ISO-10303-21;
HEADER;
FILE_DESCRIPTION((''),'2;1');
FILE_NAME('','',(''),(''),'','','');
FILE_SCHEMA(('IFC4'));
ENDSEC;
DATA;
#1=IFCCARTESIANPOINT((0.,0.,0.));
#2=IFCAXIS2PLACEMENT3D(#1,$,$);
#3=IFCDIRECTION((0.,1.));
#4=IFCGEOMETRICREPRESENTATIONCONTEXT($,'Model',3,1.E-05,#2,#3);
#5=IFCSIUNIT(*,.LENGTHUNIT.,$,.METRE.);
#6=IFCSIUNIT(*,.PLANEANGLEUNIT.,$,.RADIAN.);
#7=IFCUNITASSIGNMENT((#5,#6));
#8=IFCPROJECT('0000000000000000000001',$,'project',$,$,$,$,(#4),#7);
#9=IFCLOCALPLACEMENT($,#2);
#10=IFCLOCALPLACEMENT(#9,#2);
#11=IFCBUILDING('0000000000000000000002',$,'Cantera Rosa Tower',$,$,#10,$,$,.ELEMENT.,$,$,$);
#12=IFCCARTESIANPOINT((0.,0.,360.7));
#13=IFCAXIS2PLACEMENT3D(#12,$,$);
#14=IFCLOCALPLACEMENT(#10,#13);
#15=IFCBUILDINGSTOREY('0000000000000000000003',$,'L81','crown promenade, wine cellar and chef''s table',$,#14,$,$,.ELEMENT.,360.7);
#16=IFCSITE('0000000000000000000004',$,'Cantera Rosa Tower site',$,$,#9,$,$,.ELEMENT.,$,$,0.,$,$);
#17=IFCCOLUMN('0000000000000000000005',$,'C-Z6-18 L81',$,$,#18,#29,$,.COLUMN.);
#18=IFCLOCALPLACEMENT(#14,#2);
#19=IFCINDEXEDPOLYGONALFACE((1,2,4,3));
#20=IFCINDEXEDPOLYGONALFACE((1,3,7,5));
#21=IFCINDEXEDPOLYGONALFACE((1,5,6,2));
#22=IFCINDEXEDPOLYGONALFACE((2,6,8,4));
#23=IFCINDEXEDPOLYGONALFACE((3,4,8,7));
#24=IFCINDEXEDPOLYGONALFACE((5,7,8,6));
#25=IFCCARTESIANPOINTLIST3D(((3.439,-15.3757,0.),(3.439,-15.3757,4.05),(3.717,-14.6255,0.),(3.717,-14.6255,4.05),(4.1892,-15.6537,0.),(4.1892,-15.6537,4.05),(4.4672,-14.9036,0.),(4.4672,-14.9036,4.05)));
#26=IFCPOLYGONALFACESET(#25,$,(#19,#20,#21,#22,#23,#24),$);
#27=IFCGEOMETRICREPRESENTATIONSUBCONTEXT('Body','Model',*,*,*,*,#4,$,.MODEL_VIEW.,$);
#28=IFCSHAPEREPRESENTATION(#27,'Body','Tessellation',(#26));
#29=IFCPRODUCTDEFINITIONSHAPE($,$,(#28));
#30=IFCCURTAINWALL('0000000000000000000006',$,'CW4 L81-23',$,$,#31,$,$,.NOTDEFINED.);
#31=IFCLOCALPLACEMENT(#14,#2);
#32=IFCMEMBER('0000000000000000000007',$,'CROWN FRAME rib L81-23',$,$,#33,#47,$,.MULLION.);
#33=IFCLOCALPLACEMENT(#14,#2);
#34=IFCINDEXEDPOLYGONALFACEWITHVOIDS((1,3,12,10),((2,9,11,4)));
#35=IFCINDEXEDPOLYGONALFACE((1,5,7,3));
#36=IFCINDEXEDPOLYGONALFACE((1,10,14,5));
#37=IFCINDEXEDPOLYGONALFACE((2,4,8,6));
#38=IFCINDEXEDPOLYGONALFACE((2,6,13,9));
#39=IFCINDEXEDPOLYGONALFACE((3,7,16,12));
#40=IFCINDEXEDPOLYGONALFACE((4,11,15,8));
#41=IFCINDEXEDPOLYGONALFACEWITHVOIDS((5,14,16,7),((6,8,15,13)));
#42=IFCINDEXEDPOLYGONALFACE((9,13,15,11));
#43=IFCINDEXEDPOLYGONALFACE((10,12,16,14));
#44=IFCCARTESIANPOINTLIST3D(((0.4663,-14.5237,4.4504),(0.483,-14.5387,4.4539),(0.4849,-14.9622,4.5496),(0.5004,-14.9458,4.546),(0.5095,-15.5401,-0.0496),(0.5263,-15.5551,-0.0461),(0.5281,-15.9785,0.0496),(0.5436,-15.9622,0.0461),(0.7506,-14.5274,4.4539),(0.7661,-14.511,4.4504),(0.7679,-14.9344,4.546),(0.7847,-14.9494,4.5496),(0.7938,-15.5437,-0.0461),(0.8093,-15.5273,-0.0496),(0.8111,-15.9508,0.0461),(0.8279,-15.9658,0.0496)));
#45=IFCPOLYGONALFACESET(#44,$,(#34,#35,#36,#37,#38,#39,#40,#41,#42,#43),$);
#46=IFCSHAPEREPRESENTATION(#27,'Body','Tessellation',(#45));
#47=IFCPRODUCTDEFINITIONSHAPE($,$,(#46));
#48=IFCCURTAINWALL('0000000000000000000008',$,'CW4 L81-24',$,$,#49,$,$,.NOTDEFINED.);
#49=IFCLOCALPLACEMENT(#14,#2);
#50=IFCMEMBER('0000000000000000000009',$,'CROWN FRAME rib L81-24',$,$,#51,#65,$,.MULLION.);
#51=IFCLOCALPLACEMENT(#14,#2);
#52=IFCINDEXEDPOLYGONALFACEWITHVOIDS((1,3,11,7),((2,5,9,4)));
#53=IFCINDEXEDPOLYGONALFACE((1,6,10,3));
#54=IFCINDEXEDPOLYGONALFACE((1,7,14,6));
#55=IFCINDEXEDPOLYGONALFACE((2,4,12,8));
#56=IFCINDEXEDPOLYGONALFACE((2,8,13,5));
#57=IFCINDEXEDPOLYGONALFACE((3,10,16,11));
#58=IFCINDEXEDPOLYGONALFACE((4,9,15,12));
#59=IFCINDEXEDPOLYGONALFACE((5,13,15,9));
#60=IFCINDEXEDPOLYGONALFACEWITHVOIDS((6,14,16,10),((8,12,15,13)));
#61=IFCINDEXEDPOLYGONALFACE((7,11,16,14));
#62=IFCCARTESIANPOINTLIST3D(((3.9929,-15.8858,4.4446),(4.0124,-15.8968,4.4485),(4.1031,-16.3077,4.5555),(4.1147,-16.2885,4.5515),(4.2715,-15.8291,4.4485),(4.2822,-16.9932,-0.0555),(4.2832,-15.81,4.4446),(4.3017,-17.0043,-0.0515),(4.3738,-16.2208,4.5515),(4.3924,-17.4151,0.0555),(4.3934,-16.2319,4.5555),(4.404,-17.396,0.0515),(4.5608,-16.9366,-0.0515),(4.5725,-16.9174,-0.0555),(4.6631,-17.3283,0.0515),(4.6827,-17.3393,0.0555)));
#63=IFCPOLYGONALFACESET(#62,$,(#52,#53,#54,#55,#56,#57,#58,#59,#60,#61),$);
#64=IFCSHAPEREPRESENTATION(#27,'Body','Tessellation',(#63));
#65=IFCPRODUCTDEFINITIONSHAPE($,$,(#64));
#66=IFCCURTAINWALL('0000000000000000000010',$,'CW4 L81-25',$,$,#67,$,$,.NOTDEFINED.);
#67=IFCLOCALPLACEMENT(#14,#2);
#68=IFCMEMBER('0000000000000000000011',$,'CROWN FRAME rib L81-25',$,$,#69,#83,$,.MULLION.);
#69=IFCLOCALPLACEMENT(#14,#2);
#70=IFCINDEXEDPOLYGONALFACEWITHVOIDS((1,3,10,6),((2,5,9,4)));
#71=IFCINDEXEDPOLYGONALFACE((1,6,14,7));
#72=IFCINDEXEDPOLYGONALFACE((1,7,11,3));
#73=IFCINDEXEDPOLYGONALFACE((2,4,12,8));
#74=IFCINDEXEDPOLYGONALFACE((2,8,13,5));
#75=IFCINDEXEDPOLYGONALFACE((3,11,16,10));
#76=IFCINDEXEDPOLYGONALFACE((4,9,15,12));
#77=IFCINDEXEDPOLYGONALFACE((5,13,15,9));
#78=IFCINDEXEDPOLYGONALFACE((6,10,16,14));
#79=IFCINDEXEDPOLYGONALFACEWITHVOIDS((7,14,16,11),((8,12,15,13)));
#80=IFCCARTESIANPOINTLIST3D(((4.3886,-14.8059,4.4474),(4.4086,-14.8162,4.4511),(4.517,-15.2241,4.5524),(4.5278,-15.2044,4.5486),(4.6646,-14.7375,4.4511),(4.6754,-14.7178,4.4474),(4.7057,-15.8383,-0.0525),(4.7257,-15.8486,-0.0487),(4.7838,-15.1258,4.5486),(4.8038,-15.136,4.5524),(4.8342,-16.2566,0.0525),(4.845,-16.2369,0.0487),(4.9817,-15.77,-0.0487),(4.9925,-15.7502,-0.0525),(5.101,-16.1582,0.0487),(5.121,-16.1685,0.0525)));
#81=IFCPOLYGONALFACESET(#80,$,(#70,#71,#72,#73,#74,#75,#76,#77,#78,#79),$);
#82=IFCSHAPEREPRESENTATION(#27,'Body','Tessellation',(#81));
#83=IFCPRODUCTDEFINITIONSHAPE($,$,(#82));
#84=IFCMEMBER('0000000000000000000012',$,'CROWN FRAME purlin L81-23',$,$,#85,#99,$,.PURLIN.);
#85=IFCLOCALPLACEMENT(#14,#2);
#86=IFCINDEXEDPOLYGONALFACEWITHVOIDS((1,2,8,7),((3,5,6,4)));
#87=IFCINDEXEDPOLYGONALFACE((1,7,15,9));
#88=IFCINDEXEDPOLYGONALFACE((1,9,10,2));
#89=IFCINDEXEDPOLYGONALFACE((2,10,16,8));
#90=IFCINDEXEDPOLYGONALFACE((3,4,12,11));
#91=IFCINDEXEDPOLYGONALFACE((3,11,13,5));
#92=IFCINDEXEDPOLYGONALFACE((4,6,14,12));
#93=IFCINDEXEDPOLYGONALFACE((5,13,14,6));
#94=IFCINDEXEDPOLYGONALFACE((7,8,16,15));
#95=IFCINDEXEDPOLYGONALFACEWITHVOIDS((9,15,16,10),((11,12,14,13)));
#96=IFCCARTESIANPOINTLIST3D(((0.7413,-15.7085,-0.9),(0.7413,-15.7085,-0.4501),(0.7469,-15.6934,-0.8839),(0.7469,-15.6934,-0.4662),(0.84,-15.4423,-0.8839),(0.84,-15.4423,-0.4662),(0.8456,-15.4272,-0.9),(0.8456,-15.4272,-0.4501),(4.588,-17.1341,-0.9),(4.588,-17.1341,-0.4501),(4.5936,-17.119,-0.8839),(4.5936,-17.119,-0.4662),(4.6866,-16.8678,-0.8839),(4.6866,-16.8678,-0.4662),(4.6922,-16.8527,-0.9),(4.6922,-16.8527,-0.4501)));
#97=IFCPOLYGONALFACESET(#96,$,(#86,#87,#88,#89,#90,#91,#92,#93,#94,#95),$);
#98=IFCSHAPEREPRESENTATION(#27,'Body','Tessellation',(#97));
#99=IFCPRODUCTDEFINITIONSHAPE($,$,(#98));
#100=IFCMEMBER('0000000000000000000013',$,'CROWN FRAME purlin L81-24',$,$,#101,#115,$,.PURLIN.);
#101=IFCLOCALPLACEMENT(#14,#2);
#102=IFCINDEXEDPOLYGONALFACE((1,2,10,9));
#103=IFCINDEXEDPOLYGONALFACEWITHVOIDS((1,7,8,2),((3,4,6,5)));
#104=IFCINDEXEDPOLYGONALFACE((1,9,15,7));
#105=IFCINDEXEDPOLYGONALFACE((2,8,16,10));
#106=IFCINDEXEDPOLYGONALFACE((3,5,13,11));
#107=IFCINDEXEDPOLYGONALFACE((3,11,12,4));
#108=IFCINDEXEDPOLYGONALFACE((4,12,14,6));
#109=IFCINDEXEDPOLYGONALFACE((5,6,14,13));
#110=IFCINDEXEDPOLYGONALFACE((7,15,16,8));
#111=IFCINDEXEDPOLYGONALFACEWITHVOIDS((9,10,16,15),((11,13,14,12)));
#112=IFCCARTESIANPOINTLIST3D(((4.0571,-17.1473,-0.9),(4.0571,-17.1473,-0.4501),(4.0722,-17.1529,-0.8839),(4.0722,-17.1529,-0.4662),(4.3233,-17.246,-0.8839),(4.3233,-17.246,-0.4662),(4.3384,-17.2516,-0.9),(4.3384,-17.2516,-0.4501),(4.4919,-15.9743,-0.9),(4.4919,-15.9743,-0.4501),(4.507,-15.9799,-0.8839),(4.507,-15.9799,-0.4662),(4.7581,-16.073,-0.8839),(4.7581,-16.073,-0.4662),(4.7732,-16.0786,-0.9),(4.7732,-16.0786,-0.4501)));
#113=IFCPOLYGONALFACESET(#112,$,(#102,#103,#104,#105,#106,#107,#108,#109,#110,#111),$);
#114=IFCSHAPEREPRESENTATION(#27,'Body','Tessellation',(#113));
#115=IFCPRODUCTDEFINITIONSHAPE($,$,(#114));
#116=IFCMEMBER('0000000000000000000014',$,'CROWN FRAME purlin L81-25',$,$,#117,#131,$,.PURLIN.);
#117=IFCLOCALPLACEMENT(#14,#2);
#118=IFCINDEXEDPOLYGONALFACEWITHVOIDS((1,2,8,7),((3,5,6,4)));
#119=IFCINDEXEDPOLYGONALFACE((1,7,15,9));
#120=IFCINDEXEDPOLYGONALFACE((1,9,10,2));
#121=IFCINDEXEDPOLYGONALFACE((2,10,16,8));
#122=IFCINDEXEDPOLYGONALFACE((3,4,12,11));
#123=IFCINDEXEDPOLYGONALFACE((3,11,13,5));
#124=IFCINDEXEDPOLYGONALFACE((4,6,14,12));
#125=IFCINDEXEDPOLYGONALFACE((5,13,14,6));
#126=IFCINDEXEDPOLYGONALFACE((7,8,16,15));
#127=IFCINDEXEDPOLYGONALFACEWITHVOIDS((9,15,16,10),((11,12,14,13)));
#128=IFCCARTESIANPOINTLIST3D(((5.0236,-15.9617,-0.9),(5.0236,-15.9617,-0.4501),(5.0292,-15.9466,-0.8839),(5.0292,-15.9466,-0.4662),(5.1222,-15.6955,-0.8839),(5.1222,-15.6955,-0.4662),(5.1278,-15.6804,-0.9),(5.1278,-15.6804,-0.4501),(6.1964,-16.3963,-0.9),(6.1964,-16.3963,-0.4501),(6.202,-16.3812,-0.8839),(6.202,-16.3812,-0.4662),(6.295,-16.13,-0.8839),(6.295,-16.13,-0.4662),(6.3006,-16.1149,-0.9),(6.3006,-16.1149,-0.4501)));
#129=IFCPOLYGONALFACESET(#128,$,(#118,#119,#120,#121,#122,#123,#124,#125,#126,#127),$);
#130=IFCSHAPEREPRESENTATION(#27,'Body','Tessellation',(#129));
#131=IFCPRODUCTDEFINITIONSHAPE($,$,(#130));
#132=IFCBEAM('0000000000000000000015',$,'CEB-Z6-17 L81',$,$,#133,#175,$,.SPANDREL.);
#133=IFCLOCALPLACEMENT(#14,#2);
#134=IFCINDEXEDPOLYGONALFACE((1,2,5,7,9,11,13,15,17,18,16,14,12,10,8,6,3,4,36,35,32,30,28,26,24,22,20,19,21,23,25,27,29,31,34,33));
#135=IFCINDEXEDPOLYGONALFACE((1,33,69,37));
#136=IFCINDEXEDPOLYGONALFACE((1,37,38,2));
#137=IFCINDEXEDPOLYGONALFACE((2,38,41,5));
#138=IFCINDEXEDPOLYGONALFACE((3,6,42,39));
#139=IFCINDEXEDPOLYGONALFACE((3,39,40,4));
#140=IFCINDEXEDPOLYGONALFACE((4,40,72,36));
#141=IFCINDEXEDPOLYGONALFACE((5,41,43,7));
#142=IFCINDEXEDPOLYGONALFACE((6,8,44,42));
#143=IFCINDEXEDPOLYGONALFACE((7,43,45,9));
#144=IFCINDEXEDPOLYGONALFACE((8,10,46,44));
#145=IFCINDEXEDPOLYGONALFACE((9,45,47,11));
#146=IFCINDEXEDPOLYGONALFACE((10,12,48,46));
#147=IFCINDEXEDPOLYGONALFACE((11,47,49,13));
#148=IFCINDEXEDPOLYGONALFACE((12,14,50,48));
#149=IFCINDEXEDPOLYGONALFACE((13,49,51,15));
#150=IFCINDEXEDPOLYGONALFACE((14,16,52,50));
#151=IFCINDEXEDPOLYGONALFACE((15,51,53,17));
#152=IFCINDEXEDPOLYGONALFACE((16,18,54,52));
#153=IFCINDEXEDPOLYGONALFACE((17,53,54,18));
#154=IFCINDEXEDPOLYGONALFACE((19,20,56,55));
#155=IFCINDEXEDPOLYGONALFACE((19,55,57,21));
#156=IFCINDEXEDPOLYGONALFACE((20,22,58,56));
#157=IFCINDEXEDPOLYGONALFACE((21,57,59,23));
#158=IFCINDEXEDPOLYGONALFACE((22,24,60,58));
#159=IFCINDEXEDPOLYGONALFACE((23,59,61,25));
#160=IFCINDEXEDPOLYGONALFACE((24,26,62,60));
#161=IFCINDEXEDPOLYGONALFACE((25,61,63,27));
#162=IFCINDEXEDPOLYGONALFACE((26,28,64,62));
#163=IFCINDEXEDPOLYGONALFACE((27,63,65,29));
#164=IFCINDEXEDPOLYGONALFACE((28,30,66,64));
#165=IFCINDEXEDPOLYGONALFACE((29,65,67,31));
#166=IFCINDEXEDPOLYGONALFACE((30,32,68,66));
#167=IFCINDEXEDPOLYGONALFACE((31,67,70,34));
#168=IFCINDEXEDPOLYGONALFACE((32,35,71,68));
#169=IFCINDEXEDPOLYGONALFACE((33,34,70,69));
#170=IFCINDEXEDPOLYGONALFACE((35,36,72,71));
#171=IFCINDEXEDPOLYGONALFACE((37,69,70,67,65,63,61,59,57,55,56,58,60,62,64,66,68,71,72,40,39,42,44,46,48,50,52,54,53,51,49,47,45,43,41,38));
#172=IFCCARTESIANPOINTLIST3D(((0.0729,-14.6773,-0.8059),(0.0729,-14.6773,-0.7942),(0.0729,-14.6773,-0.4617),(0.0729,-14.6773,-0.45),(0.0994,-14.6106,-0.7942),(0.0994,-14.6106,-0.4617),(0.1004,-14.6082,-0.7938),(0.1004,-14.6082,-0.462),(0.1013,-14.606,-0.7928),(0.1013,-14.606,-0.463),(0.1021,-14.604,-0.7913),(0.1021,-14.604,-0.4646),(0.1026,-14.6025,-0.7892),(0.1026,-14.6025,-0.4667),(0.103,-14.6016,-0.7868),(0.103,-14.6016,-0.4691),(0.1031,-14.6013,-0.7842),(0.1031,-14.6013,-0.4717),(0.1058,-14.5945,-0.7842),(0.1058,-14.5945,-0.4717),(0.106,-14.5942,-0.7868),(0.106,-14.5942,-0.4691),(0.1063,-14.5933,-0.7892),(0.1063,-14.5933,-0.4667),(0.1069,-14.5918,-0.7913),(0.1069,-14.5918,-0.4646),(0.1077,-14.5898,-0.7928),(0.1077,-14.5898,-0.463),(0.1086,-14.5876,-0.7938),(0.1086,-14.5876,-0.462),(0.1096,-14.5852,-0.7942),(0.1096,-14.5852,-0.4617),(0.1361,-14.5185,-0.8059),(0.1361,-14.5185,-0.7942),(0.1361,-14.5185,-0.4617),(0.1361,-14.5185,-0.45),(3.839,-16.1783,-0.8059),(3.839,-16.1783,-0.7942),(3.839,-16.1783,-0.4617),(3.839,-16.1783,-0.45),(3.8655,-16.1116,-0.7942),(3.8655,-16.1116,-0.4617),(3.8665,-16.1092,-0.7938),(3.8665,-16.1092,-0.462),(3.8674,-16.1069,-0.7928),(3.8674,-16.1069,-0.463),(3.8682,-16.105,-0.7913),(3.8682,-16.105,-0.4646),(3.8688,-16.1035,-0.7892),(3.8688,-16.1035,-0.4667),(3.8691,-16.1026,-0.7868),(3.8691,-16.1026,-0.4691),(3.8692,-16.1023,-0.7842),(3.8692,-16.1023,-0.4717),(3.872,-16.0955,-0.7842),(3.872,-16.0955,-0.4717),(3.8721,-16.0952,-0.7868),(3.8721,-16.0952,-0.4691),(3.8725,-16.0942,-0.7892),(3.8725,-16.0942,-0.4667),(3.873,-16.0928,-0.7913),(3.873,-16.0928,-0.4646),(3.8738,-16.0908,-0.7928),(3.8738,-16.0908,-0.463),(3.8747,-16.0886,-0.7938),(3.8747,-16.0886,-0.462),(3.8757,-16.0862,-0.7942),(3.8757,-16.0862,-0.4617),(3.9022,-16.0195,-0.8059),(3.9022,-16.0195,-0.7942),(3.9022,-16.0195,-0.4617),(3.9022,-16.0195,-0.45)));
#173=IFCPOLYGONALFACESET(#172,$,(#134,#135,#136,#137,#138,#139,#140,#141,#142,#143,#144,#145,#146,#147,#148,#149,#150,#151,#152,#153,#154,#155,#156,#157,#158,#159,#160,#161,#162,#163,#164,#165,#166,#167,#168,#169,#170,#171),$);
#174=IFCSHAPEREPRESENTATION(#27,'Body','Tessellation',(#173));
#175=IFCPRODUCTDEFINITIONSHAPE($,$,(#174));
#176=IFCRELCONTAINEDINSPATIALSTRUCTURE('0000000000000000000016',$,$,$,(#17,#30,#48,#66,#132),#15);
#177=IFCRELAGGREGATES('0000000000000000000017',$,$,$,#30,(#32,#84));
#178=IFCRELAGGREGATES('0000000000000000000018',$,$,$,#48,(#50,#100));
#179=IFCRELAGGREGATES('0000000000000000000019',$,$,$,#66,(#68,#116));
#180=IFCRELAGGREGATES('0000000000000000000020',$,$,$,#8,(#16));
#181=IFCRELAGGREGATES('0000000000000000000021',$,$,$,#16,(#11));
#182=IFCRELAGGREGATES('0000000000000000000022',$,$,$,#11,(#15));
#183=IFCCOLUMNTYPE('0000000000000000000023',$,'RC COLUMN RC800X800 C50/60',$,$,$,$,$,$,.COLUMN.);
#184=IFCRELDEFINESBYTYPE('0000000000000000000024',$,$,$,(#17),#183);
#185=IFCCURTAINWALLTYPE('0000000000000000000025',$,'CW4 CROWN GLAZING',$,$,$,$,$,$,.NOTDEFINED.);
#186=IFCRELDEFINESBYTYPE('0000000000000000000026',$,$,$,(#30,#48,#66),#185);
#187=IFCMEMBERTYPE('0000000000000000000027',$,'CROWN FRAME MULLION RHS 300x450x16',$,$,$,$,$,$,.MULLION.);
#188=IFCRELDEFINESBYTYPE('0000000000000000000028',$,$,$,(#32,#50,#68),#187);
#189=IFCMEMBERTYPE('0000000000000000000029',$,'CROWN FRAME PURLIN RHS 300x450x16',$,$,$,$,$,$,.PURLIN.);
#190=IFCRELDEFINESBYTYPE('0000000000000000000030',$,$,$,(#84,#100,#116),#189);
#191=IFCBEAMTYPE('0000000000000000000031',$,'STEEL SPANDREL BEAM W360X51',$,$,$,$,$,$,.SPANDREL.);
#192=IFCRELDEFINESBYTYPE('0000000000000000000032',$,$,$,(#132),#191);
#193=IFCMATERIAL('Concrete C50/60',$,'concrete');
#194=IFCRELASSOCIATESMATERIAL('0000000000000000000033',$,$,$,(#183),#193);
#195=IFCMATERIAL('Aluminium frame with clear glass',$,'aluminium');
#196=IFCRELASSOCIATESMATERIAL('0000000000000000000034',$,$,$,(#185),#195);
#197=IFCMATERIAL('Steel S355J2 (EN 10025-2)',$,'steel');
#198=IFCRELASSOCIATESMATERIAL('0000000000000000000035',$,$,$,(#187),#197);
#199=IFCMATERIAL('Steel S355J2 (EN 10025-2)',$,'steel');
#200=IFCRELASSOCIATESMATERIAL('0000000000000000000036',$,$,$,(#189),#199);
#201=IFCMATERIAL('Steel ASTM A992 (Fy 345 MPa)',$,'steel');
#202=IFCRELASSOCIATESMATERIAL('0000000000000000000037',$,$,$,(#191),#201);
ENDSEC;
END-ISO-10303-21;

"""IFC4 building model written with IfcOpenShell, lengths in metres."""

from ifc_helpers import new_model, si_unit, direction, frame, origin, origin_2d, place, context, subcontext, project, spatial, rectangle, hollow_rectangle, i_section, extrude, material, material_profile, profile_set, type_object, element, aggregate, save


model = new_model("IFC4")

# Units and contexts
model_context = context("Model", 3, precision=1e-05, world=origin(), true_north=direction((0.0, 1.0)))
body_context = subcontext(model_context, "Body", "Model", "MODEL_VIEW")
ifc_project = project(units=[si_unit("LENGTHUNIT", "METRE"), si_unit("PLANEANGLEUNIT", "RADIAN")], contexts=[model_context])

# Site, building, storey
site_placement = place(None, origin())
site = spatial("IfcSite", under=ifc_project, at=site_placement, Name="Cantera Rosa Tower site", CompositionType="ELEMENT", RefElevation=0.0)
building_placement = place(site_placement, origin())
building = spatial("IfcBuilding", under=site, at=building_placement, Name="Cantera Rosa Tower", CompositionType="ELEMENT")
storey_placement = place(building_placement, frame((0.0, 0.0, 360.7)))
storey = spatial("IfcBuildingStorey", under=building, at=storey_placement, Name="L81", Description="crown promenade, wine cellar and chef's table", CompositionType="ELEMENT", Elevation=360.7)

# Column
ifc_material_1 = material(Name="Concrete C50/60", Category="concrete")
ifc_material_profile_1 = material_profile(ifc_material_1, rectangle(XDim=0.8, YDim=0.8, at=origin_2d()), Name="RC COLUMN RC800X800 C50/60")
ifc_profile_set_1 = profile_set([ifc_material_profile_1], Name="Concrete C50/60")
column_type = type_object("IfcColumnType", Name="RC COLUMN RC800X800 C50/60", PredefinedType="COLUMN", material=ifc_profile_set_1)
column_placement = place(storey_placement, frame((3.9531, -15.1396, 0.0), z_axis=(0.0, 0.0, 1.0), x_axis=(0.347481, 0.937687, 0.0)))
element("IfcColumn", 1, at=column_placement, inside=storey, type_object=column_type, Name="C-Z6-18 L81", PredefinedType="COLUMN", context=body_context, shape_type="SweptSolid", body=[
    extrude(rectangle(XDim=0.8, YDim=0.8, at=origin_2d()), origin(), (0.0, 0.0, 1.0), 4.05),
])

# Curtain walls, members
ifc_material_2 = material(Name="Aluminium frame with clear glass", Category="aluminium")
curtain_wall_type = type_object("IfcCurtainWallType", Name="CW4 CROWN GLAZING", PredefinedType="NOTDEFINED", material=ifc_material_2)
curtain_wall_1_placement = place(storey_placement, origin())
curtain_wall_1 = element("IfcCurtainWall", 2, at=curtain_wall_1_placement, inside=storey, type_object=curtain_wall_type, Name="CW4 L81-23", PredefinedType="NOTDEFINED")
ifc_material_3 = material(Name="Steel S355J2 (EN 10025-2)", Category="steel")
ifc_material_profile_2 = material_profile(ifc_material_3, hollow_rectangle(XDim=0.3, YDim=0.45, WallThickness=0.0161, at=origin_2d()), Name="CROWN FRAME MULLION RHS 300x450x16")
ifc_profile_set_2 = profile_set([ifc_material_profile_2], Name="Steel S355J2 (EN 10025-2)")
member_type_1 = type_object("IfcMemberType", Name="CROWN FRAME MULLION RHS 300x450x16", PredefinedType="MULLION", material=ifc_profile_set_2)
member_1_placement = place(storey_placement, frame((0.6687, -15.7529, 0.0), z_axis=(-0.009367, 0.220298, 0.975388), x_axis=(-0.999097, -0.042479, 0.0)))
member_1 = element("IfcMember", 3, at=member_1_placement, type_object=member_type_1, Name="CROWN FRAME rib L81-23", PredefinedType="MULLION", context=body_context, shape_type="SweptSolid", body=[
    extrude(hollow_rectangle(XDim=0.3, YDim=0.45, WallThickness=0.0161, at=origin_2d()), origin(), (0.0, 0.0, 1.0), 4.6135),
])
curtain_wall_2_placement = place(storey_placement, origin())
curtain_wall_2 = element("IfcCurtainWall", 4, at=curtain_wall_2_placement, inside=storey, type_object=curtain_wall_type, Name="CW4 L81-24", PredefinedType="NOTDEFINED")
member_2_placement = place(storey_placement, frame((4.4824, -17.1663, 0.0), z_axis=(-0.062306, 0.2385, 0.969142), x_axis=(-0.967529, -0.252761, 0.0)))
member_2 = element("IfcMember", 5, at=member_2_placement, type_object=member_type_1, Name="CROWN FRAME rib L81-24", PredefinedType="MULLION", context=body_context, shape_type="SweptSolid", body=[
    extrude(hollow_rectangle(XDim=0.3, YDim=0.45, WallThickness=0.0161, at=origin_2d()), origin(), (0.0, 0.0, 1.0), 4.6433),
])
curtain_wall_3_placement = place(storey_placement, origin())
curtain_wall_3 = element("IfcCurtainWall", 6, at=curtain_wall_3_placement, inside=storey, type_object=curtain_wall_type, Name="CW4 L81-25", PredefinedType="NOTDEFINED")
member_3_placement = place(storey_placement, frame((4.9133, -16.0034, 0.0), z_axis=(-0.068529, 0.223102, 0.972383), x_axis=(-0.955921, -0.293625, 0.0)))
member_3 = element("IfcMember", 7, at=member_3_placement, type_object=member_type_1, Name="CROWN FRAME rib L81-25", PredefinedType="MULLION", context=body_context, shape_type="SweptSolid", body=[
    extrude(hollow_rectangle(XDim=0.3, YDim=0.45, WallThickness=0.0161, at=origin_2d()), origin(), (0.0, 0.0, 1.0), 4.6277),
])

# Members
ifc_material_4 = material(Name="Steel S355J2 (EN 10025-2)", Category="steel")
ifc_material_profile_3 = material_profile(ifc_material_4, hollow_rectangle(XDim=0.3, YDim=0.45, WallThickness=0.0161, at=origin_2d()), Name="CROWN FRAME PURLIN RHS 300x450x16")
ifc_profile_set_3 = profile_set([ifc_material_profile_3], Name="Steel S355J2 (EN 10025-2)")
member_type_2 = type_object("IfcMemberType", Name="CROWN FRAME PURLIN RHS 300x450x16", PredefinedType="PURLIN", material=ifc_profile_set_3)
member_4_placement = place(storey_placement, frame((0.7935, -15.5679, -0.675), z_axis=(0.937682, -0.347495, 0.0), x_axis=(0.347495, 0.937682, 0.0)))
member_4 = element("IfcMember", 8, at=member_4_placement, type_object=member_type_2, Name="CROWN FRAME purlin L81-23", PredefinedType="PURLIN", context=body_context, shape_type="SweptSolid", body=[
    extrude(hollow_rectangle(XDim=0.3, YDim=0.45, WallThickness=0.0161, at=origin_2d()), origin(), (0.0, 0.0, 1.0), 4.1023),
])
member_5_placement = place(storey_placement, frame((4.1978, -17.1995, -0.675), z_axis=(0.34755, 0.937662, 0.0), x_axis=(-0.937662, 0.34755, 0.0)))
member_5 = element("IfcMember", 9, at=member_5_placement, type_object=member_type_2, Name="CROWN FRAME purlin L81-24", PredefinedType="PURLIN", context=body_context, shape_type="SweptSolid", body=[
    extrude(hollow_rectangle(XDim=0.3, YDim=0.45, WallThickness=0.0161, at=origin_2d()), origin(), (0.0, 0.0, 1.0), 1.251),
])
member_6_placement = place(storey_placement, frame((5.0757, -15.821, -0.675), z_axis=(0.937702, -0.347441, 0.0), x_axis=(0.347441, 0.937702, 0.0)))
member_6 = element("IfcMember", 10, at=member_6_placement, type_object=member_type_2, Name="CROWN FRAME purlin L81-25", PredefinedType="PURLIN", context=body_context, shape_type="SweptSolid", body=[
    extrude(hollow_rectangle(XDim=0.3, YDim=0.45, WallThickness=0.0161, at=origin_2d()), origin(), (0.0, 0.0, 1.0), 1.2507),
])

# Beam
ifc_material_5 = material(Name="Steel ASTM A992 (Fy 345 MPa)", Category="steel")
ifc_material_profile_4 = material_profile(ifc_material_5, i_section(OverallWidth=0.1709, OverallDepth=0.356, WebThickness=0.0073, FlangeThickness=0.0117, FilletRadius=0.01, at=origin_2d()), Name="W360X51")
ifc_profile_set_4 = profile_set([ifc_material_profile_4], Name="Steel ASTM A992 (Fy 345 MPa)")
beam_type = type_object("IfcBeamType", Name="STEEL SPANDREL BEAM W360X51", PredefinedType="SPANDREL", material=ifc_profile_set_4)
beam_1_placement = place(storey_placement, frame((0.1045, -14.5979, -0.6279), z_axis=(0.928941, -0.370228, 0.0), x_axis=(0.370228, 0.928941, 0.0)))
element("IfcBeam", 11, at=beam_1_placement, inside=storey, type_object=beam_type, Name="CEB-Z6-17 L81", PredefinedType="SPANDREL", context=body_context, shape_type="SweptSolid", body=[
    extrude(i_section(OverallWidth=0.1709, OverallDepth=0.356, WebThickness=0.0073, FlangeThickness=0.0117, FilletRadius=0.01, at=origin_2d()), origin(), (0.0, 0.0, 1.0), 4.0542),
])

aggregate(curtain_wall_1, [member_1, member_4])
aggregate(curtain_wall_2, [member_2, member_5])
aggregate(curtain_wall_3, [member_3, member_6])

save(model, "model.ifc")
